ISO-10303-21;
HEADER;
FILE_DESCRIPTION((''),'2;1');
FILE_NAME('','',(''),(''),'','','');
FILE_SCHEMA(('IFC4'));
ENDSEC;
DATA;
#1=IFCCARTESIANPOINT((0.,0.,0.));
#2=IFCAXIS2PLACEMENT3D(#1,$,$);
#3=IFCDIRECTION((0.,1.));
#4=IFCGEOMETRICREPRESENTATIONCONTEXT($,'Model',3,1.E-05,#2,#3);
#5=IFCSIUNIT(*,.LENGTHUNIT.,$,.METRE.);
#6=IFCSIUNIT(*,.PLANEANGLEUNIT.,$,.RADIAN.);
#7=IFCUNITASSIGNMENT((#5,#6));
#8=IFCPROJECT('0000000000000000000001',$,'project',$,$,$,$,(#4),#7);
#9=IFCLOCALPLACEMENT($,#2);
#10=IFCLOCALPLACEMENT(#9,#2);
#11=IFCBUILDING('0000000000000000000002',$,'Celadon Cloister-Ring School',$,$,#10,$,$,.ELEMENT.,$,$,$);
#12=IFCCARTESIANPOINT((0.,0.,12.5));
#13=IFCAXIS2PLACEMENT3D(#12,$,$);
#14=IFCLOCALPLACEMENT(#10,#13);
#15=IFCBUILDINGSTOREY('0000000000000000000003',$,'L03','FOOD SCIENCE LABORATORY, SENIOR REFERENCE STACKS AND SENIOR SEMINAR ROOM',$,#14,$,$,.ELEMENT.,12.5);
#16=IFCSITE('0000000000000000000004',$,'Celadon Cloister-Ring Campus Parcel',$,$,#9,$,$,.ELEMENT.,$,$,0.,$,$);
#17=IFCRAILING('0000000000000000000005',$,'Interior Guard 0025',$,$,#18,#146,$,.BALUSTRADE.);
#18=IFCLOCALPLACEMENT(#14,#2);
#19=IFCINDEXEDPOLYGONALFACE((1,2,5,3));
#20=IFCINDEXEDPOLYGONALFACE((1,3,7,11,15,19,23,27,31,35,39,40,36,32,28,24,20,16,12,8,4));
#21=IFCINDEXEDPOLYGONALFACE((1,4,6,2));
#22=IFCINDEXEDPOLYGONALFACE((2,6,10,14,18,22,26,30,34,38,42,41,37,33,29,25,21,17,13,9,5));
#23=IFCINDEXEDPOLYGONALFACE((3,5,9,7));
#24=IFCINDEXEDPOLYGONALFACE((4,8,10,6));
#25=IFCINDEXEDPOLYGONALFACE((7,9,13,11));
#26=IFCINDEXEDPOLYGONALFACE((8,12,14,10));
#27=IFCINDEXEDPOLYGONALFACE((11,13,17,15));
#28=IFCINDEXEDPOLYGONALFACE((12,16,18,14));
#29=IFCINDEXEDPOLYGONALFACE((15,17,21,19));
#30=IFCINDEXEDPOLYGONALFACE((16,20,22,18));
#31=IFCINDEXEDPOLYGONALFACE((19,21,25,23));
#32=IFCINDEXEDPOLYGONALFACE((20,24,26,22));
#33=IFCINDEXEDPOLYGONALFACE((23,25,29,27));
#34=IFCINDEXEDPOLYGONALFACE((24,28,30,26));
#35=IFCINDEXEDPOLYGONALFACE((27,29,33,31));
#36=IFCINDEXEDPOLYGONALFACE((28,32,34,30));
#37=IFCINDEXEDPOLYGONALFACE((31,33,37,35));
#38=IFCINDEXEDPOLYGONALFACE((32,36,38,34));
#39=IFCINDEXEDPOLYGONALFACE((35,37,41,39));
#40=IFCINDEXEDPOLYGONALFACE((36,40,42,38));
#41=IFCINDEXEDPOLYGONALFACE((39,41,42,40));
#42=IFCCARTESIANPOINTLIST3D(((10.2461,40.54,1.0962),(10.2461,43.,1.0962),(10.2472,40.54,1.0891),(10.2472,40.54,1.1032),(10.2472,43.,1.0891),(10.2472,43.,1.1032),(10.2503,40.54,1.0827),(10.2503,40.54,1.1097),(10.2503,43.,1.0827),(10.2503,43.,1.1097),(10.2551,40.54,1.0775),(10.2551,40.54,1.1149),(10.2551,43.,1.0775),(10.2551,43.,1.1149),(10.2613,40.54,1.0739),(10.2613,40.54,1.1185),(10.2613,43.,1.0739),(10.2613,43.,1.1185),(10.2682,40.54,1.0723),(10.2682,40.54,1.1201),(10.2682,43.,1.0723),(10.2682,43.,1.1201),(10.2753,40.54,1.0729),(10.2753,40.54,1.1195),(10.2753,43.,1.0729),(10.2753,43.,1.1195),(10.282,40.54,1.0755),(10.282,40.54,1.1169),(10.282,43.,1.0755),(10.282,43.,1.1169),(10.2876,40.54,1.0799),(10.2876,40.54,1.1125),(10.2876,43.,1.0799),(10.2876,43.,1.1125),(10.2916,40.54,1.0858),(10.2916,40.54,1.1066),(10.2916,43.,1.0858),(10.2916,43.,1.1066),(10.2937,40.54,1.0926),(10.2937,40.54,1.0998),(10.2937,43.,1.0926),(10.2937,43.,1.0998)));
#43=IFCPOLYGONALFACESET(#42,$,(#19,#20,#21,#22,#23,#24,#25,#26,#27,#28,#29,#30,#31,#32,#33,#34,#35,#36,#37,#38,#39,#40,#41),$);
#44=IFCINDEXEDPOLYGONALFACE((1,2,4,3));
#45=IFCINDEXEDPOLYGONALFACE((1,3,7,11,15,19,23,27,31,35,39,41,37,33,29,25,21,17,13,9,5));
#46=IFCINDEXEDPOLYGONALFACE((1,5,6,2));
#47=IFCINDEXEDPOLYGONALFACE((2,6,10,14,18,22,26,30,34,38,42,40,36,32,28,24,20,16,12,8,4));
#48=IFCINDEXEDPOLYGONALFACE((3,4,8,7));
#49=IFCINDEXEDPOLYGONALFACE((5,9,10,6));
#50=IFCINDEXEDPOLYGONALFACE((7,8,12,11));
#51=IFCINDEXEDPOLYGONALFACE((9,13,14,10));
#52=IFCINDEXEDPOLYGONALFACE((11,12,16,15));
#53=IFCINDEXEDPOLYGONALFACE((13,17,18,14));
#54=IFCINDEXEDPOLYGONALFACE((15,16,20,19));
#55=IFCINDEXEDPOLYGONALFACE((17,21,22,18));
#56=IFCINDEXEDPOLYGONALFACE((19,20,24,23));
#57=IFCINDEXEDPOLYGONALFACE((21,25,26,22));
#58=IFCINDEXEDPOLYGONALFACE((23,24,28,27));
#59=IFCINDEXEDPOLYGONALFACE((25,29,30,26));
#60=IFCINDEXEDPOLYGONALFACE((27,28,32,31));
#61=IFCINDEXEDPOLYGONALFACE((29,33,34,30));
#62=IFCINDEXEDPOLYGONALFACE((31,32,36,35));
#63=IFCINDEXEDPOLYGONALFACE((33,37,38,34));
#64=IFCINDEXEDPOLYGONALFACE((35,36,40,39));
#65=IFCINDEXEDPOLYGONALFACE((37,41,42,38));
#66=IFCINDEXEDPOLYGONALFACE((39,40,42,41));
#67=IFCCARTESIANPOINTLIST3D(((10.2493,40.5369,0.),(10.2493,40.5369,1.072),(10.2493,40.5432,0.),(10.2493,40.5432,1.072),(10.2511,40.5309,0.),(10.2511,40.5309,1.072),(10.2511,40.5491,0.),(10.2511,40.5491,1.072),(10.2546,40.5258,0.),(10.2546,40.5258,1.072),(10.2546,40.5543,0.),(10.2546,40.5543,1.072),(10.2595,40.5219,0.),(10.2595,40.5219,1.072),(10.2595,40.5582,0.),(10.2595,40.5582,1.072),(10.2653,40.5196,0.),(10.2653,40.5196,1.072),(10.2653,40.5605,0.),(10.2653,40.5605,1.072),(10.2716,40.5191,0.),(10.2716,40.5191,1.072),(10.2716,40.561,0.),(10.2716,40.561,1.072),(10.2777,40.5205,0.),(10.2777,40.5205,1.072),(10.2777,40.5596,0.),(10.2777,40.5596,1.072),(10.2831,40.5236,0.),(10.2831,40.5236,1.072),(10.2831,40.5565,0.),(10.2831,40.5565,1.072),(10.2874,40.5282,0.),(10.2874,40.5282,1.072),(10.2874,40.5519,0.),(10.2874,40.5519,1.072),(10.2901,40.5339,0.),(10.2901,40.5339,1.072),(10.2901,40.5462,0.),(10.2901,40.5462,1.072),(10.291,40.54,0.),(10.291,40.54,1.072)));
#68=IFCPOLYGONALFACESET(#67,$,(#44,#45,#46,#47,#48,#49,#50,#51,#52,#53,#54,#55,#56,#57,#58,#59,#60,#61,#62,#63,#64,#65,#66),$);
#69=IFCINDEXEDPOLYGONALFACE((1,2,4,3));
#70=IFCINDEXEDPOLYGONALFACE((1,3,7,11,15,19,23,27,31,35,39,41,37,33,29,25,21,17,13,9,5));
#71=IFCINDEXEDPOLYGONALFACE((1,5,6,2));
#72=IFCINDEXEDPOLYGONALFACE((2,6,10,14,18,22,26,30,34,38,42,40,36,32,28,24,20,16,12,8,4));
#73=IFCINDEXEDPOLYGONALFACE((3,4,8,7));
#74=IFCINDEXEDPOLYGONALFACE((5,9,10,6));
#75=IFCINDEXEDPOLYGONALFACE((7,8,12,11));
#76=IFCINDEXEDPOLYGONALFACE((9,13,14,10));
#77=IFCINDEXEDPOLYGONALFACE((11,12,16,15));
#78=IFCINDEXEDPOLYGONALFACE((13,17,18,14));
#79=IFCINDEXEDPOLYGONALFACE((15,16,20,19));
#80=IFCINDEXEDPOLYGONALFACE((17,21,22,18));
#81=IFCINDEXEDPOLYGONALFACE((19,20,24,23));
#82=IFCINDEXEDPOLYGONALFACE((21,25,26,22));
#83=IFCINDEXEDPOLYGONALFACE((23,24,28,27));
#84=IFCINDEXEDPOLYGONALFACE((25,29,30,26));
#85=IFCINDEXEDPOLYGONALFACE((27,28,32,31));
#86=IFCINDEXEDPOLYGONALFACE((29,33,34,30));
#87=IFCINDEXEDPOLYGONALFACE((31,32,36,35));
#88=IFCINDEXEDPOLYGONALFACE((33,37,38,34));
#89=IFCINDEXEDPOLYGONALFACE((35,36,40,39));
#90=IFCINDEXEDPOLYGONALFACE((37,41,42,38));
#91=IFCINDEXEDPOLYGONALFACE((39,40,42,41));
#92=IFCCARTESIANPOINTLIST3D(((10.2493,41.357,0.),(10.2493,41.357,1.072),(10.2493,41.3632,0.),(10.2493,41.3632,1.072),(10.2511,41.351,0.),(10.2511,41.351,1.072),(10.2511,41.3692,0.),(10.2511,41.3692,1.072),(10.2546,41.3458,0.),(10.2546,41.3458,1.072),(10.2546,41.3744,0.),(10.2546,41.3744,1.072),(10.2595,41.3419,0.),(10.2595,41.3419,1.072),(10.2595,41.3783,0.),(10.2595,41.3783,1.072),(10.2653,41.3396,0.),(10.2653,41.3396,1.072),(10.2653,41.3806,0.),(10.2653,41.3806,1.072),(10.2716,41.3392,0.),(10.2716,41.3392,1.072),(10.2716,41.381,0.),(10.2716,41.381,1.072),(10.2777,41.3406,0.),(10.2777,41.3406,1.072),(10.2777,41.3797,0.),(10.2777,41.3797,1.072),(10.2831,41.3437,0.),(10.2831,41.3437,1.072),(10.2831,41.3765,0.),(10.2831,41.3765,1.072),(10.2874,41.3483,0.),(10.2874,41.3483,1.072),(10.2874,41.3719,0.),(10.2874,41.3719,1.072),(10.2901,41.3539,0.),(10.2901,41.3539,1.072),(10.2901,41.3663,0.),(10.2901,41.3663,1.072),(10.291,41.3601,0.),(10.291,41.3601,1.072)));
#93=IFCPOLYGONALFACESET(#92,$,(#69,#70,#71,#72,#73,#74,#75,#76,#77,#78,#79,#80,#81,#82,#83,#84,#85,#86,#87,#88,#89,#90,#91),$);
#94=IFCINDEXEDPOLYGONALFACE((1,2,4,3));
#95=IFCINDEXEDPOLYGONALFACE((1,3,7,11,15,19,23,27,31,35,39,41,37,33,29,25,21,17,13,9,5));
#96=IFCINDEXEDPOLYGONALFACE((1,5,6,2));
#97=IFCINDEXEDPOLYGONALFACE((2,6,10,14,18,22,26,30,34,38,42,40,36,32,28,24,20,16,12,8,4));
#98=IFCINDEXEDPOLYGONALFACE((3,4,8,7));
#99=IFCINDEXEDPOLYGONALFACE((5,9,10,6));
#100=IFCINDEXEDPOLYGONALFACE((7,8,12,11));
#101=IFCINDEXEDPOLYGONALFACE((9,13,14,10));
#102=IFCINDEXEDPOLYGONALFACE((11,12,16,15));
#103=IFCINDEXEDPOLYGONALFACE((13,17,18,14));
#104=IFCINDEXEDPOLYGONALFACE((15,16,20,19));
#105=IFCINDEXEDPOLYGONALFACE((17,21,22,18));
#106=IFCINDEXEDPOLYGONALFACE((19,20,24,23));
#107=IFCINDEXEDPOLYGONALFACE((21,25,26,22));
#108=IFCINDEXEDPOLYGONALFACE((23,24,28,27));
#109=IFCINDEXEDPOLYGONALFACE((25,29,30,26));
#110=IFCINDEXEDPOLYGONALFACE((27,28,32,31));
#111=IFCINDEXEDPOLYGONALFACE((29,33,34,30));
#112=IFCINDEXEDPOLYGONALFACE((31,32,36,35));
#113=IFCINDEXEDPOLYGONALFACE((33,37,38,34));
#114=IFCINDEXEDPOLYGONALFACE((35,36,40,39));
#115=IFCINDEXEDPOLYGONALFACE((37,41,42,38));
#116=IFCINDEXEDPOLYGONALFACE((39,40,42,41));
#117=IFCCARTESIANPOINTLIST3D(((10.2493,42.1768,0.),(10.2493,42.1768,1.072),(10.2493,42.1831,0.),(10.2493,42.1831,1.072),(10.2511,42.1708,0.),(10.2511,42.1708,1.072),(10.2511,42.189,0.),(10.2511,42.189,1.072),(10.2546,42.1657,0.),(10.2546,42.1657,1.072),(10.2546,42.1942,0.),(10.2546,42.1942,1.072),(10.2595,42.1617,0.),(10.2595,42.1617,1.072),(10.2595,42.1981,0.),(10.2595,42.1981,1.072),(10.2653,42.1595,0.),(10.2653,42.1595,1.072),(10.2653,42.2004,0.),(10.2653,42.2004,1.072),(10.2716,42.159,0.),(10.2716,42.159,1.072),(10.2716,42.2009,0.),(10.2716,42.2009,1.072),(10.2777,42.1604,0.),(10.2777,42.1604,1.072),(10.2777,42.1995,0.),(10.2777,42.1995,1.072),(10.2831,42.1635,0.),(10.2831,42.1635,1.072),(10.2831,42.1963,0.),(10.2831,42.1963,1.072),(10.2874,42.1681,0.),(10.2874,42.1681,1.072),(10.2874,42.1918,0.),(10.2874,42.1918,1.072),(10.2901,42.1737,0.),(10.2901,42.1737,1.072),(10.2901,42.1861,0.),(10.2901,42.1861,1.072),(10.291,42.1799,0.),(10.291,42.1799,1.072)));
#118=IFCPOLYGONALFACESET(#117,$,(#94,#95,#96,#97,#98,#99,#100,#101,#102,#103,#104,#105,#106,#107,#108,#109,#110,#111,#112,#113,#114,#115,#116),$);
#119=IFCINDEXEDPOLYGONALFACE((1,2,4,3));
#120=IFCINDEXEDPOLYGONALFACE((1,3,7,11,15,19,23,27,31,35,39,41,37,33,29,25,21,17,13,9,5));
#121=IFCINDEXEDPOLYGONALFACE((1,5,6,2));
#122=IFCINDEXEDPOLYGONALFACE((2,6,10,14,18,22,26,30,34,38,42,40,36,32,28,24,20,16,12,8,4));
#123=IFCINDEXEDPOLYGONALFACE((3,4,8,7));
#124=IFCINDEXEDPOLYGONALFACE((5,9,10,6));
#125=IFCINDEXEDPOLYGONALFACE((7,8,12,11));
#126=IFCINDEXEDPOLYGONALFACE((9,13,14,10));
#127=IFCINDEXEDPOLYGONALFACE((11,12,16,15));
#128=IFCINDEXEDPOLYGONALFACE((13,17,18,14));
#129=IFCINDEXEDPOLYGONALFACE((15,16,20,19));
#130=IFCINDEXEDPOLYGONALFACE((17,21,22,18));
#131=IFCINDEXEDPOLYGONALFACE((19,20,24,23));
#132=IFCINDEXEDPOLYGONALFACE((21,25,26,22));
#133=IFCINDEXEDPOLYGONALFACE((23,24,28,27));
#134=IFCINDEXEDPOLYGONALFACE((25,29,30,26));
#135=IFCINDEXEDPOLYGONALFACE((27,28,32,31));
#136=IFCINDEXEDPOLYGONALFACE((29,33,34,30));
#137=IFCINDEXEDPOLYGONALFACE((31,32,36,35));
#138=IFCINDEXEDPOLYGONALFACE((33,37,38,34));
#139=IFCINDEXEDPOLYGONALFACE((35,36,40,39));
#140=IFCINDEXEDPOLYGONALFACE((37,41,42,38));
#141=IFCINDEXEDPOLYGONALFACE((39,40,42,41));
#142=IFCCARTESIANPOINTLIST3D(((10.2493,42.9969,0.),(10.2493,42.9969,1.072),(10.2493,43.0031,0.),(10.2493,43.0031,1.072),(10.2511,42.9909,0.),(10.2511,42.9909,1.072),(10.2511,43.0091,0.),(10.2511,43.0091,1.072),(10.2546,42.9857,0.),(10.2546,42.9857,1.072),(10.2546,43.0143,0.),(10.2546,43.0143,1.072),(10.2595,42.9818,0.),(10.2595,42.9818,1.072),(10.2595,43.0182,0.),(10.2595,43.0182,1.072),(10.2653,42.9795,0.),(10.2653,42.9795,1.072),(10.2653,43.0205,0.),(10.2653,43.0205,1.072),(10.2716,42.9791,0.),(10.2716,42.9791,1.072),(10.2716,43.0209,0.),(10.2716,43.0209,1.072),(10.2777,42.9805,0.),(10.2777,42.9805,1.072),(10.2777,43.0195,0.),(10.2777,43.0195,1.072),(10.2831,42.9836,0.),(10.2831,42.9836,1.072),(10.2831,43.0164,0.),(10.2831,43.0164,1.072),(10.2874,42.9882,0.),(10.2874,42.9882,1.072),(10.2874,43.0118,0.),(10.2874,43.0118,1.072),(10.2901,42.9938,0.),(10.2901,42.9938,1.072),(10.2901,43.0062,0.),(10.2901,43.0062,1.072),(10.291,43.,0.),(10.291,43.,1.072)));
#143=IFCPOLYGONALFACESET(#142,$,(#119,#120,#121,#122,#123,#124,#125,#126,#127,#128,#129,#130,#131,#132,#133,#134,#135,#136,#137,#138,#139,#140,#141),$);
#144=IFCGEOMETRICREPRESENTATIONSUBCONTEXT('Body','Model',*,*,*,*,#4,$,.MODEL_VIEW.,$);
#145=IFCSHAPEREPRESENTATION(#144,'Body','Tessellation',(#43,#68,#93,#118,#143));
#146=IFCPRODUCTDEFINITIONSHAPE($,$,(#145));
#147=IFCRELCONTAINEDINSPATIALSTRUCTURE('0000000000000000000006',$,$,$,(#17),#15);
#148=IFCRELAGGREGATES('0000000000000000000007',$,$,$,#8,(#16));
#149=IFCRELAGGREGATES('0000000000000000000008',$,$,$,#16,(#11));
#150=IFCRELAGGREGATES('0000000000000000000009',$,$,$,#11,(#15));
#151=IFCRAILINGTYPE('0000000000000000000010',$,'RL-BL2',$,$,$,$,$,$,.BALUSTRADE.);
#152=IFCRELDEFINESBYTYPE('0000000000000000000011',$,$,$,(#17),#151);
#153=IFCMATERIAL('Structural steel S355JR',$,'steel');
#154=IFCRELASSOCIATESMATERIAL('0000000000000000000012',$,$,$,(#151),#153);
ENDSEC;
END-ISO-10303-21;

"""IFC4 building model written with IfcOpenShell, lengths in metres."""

from ifc_helpers import new_model, si_unit, direction, frame, origin, origin_2d, place, context, subcontext, project, spatial, circle, extrude, material, type_object, element, save


model = new_model("IFC4")

# Units and contexts
model_context = context("Model", 3, precision=1e-05, world=origin(), true_north=direction((0.0, 1.0)))
body_context = subcontext(model_context, "Body", "Model", "MODEL_VIEW")
ifc_project = project(units=[si_unit("LENGTHUNIT", "METRE"), si_unit("PLANEANGLEUNIT", "RADIAN")], contexts=[model_context])

# Site, building, storey
site_placement = place(None, origin())
site = spatial("IfcSite", under=ifc_project, at=site_placement, Name="Celadon Cloister-Ring Campus Parcel", CompositionType="ELEMENT", RefElevation=0.0)
building_placement = place(site_placement, origin())
building = spatial("IfcBuilding", under=site, at=building_placement, Name="Celadon Cloister-Ring School", CompositionType="ELEMENT")
storey_placement = place(building_placement, frame((0.0, 0.0, 12.5)))
storey = spatial("IfcBuildingStorey", under=building, at=storey_placement, Name="L03", Description="FOOD SCIENCE LABORATORY, SENIOR REFERENCE STACKS AND SENIOR SEMINAR ROOM", CompositionType="ELEMENT", Elevation=12.5)

# Railing
ifc_material_1 = material(Name="Structural steel S355JR", Category="steel")
railing_type_1 = type_object("IfcRailingType", Name="RL-BL2", PredefinedType="BALUSTRADE", material=ifc_material_1)
railing_1_placement = place(storey_placement, frame((10.27, 40.54, 0.0)))
element("IfcRailing", 1, at=railing_1_placement, inside=storey, type_object=railing_type_1, Name="Interior Guard 0025", PredefinedType="BALUSTRADE", context=body_context, shape_type="SweptSolid", body=[
    extrude(circle(Radius=0.0239, at=origin_2d()), frame((0.0, 0.0, 1.0962), z_axis=(0.0, 1.0, 0.0), x_axis=(-1.0, 0.0, 0.0)), (0.0, 0.0, 1.0), 2.46),
    extrude(circle(Radius=0.021, at=origin_2d()), origin(), (0.0, 0.0, 1.0), 1.072),
    extrude(circle(Radius=0.021, at=origin_2d()), frame((0.0, 0.8201, 0.0)), (0.0, 0.0, 1.0), 1.072),
    extrude(circle(Radius=0.021, at=origin_2d()), frame((0.0, 1.6399, 0.0)), (0.0, 0.0, 1.0), 1.072),
    extrude(circle(Radius=0.021, at=origin_2d()), frame((0.0, 2.46, 0.0)), (0.0, 0.0, 1.0), 1.072),
])

save(model, "model.ifc")
